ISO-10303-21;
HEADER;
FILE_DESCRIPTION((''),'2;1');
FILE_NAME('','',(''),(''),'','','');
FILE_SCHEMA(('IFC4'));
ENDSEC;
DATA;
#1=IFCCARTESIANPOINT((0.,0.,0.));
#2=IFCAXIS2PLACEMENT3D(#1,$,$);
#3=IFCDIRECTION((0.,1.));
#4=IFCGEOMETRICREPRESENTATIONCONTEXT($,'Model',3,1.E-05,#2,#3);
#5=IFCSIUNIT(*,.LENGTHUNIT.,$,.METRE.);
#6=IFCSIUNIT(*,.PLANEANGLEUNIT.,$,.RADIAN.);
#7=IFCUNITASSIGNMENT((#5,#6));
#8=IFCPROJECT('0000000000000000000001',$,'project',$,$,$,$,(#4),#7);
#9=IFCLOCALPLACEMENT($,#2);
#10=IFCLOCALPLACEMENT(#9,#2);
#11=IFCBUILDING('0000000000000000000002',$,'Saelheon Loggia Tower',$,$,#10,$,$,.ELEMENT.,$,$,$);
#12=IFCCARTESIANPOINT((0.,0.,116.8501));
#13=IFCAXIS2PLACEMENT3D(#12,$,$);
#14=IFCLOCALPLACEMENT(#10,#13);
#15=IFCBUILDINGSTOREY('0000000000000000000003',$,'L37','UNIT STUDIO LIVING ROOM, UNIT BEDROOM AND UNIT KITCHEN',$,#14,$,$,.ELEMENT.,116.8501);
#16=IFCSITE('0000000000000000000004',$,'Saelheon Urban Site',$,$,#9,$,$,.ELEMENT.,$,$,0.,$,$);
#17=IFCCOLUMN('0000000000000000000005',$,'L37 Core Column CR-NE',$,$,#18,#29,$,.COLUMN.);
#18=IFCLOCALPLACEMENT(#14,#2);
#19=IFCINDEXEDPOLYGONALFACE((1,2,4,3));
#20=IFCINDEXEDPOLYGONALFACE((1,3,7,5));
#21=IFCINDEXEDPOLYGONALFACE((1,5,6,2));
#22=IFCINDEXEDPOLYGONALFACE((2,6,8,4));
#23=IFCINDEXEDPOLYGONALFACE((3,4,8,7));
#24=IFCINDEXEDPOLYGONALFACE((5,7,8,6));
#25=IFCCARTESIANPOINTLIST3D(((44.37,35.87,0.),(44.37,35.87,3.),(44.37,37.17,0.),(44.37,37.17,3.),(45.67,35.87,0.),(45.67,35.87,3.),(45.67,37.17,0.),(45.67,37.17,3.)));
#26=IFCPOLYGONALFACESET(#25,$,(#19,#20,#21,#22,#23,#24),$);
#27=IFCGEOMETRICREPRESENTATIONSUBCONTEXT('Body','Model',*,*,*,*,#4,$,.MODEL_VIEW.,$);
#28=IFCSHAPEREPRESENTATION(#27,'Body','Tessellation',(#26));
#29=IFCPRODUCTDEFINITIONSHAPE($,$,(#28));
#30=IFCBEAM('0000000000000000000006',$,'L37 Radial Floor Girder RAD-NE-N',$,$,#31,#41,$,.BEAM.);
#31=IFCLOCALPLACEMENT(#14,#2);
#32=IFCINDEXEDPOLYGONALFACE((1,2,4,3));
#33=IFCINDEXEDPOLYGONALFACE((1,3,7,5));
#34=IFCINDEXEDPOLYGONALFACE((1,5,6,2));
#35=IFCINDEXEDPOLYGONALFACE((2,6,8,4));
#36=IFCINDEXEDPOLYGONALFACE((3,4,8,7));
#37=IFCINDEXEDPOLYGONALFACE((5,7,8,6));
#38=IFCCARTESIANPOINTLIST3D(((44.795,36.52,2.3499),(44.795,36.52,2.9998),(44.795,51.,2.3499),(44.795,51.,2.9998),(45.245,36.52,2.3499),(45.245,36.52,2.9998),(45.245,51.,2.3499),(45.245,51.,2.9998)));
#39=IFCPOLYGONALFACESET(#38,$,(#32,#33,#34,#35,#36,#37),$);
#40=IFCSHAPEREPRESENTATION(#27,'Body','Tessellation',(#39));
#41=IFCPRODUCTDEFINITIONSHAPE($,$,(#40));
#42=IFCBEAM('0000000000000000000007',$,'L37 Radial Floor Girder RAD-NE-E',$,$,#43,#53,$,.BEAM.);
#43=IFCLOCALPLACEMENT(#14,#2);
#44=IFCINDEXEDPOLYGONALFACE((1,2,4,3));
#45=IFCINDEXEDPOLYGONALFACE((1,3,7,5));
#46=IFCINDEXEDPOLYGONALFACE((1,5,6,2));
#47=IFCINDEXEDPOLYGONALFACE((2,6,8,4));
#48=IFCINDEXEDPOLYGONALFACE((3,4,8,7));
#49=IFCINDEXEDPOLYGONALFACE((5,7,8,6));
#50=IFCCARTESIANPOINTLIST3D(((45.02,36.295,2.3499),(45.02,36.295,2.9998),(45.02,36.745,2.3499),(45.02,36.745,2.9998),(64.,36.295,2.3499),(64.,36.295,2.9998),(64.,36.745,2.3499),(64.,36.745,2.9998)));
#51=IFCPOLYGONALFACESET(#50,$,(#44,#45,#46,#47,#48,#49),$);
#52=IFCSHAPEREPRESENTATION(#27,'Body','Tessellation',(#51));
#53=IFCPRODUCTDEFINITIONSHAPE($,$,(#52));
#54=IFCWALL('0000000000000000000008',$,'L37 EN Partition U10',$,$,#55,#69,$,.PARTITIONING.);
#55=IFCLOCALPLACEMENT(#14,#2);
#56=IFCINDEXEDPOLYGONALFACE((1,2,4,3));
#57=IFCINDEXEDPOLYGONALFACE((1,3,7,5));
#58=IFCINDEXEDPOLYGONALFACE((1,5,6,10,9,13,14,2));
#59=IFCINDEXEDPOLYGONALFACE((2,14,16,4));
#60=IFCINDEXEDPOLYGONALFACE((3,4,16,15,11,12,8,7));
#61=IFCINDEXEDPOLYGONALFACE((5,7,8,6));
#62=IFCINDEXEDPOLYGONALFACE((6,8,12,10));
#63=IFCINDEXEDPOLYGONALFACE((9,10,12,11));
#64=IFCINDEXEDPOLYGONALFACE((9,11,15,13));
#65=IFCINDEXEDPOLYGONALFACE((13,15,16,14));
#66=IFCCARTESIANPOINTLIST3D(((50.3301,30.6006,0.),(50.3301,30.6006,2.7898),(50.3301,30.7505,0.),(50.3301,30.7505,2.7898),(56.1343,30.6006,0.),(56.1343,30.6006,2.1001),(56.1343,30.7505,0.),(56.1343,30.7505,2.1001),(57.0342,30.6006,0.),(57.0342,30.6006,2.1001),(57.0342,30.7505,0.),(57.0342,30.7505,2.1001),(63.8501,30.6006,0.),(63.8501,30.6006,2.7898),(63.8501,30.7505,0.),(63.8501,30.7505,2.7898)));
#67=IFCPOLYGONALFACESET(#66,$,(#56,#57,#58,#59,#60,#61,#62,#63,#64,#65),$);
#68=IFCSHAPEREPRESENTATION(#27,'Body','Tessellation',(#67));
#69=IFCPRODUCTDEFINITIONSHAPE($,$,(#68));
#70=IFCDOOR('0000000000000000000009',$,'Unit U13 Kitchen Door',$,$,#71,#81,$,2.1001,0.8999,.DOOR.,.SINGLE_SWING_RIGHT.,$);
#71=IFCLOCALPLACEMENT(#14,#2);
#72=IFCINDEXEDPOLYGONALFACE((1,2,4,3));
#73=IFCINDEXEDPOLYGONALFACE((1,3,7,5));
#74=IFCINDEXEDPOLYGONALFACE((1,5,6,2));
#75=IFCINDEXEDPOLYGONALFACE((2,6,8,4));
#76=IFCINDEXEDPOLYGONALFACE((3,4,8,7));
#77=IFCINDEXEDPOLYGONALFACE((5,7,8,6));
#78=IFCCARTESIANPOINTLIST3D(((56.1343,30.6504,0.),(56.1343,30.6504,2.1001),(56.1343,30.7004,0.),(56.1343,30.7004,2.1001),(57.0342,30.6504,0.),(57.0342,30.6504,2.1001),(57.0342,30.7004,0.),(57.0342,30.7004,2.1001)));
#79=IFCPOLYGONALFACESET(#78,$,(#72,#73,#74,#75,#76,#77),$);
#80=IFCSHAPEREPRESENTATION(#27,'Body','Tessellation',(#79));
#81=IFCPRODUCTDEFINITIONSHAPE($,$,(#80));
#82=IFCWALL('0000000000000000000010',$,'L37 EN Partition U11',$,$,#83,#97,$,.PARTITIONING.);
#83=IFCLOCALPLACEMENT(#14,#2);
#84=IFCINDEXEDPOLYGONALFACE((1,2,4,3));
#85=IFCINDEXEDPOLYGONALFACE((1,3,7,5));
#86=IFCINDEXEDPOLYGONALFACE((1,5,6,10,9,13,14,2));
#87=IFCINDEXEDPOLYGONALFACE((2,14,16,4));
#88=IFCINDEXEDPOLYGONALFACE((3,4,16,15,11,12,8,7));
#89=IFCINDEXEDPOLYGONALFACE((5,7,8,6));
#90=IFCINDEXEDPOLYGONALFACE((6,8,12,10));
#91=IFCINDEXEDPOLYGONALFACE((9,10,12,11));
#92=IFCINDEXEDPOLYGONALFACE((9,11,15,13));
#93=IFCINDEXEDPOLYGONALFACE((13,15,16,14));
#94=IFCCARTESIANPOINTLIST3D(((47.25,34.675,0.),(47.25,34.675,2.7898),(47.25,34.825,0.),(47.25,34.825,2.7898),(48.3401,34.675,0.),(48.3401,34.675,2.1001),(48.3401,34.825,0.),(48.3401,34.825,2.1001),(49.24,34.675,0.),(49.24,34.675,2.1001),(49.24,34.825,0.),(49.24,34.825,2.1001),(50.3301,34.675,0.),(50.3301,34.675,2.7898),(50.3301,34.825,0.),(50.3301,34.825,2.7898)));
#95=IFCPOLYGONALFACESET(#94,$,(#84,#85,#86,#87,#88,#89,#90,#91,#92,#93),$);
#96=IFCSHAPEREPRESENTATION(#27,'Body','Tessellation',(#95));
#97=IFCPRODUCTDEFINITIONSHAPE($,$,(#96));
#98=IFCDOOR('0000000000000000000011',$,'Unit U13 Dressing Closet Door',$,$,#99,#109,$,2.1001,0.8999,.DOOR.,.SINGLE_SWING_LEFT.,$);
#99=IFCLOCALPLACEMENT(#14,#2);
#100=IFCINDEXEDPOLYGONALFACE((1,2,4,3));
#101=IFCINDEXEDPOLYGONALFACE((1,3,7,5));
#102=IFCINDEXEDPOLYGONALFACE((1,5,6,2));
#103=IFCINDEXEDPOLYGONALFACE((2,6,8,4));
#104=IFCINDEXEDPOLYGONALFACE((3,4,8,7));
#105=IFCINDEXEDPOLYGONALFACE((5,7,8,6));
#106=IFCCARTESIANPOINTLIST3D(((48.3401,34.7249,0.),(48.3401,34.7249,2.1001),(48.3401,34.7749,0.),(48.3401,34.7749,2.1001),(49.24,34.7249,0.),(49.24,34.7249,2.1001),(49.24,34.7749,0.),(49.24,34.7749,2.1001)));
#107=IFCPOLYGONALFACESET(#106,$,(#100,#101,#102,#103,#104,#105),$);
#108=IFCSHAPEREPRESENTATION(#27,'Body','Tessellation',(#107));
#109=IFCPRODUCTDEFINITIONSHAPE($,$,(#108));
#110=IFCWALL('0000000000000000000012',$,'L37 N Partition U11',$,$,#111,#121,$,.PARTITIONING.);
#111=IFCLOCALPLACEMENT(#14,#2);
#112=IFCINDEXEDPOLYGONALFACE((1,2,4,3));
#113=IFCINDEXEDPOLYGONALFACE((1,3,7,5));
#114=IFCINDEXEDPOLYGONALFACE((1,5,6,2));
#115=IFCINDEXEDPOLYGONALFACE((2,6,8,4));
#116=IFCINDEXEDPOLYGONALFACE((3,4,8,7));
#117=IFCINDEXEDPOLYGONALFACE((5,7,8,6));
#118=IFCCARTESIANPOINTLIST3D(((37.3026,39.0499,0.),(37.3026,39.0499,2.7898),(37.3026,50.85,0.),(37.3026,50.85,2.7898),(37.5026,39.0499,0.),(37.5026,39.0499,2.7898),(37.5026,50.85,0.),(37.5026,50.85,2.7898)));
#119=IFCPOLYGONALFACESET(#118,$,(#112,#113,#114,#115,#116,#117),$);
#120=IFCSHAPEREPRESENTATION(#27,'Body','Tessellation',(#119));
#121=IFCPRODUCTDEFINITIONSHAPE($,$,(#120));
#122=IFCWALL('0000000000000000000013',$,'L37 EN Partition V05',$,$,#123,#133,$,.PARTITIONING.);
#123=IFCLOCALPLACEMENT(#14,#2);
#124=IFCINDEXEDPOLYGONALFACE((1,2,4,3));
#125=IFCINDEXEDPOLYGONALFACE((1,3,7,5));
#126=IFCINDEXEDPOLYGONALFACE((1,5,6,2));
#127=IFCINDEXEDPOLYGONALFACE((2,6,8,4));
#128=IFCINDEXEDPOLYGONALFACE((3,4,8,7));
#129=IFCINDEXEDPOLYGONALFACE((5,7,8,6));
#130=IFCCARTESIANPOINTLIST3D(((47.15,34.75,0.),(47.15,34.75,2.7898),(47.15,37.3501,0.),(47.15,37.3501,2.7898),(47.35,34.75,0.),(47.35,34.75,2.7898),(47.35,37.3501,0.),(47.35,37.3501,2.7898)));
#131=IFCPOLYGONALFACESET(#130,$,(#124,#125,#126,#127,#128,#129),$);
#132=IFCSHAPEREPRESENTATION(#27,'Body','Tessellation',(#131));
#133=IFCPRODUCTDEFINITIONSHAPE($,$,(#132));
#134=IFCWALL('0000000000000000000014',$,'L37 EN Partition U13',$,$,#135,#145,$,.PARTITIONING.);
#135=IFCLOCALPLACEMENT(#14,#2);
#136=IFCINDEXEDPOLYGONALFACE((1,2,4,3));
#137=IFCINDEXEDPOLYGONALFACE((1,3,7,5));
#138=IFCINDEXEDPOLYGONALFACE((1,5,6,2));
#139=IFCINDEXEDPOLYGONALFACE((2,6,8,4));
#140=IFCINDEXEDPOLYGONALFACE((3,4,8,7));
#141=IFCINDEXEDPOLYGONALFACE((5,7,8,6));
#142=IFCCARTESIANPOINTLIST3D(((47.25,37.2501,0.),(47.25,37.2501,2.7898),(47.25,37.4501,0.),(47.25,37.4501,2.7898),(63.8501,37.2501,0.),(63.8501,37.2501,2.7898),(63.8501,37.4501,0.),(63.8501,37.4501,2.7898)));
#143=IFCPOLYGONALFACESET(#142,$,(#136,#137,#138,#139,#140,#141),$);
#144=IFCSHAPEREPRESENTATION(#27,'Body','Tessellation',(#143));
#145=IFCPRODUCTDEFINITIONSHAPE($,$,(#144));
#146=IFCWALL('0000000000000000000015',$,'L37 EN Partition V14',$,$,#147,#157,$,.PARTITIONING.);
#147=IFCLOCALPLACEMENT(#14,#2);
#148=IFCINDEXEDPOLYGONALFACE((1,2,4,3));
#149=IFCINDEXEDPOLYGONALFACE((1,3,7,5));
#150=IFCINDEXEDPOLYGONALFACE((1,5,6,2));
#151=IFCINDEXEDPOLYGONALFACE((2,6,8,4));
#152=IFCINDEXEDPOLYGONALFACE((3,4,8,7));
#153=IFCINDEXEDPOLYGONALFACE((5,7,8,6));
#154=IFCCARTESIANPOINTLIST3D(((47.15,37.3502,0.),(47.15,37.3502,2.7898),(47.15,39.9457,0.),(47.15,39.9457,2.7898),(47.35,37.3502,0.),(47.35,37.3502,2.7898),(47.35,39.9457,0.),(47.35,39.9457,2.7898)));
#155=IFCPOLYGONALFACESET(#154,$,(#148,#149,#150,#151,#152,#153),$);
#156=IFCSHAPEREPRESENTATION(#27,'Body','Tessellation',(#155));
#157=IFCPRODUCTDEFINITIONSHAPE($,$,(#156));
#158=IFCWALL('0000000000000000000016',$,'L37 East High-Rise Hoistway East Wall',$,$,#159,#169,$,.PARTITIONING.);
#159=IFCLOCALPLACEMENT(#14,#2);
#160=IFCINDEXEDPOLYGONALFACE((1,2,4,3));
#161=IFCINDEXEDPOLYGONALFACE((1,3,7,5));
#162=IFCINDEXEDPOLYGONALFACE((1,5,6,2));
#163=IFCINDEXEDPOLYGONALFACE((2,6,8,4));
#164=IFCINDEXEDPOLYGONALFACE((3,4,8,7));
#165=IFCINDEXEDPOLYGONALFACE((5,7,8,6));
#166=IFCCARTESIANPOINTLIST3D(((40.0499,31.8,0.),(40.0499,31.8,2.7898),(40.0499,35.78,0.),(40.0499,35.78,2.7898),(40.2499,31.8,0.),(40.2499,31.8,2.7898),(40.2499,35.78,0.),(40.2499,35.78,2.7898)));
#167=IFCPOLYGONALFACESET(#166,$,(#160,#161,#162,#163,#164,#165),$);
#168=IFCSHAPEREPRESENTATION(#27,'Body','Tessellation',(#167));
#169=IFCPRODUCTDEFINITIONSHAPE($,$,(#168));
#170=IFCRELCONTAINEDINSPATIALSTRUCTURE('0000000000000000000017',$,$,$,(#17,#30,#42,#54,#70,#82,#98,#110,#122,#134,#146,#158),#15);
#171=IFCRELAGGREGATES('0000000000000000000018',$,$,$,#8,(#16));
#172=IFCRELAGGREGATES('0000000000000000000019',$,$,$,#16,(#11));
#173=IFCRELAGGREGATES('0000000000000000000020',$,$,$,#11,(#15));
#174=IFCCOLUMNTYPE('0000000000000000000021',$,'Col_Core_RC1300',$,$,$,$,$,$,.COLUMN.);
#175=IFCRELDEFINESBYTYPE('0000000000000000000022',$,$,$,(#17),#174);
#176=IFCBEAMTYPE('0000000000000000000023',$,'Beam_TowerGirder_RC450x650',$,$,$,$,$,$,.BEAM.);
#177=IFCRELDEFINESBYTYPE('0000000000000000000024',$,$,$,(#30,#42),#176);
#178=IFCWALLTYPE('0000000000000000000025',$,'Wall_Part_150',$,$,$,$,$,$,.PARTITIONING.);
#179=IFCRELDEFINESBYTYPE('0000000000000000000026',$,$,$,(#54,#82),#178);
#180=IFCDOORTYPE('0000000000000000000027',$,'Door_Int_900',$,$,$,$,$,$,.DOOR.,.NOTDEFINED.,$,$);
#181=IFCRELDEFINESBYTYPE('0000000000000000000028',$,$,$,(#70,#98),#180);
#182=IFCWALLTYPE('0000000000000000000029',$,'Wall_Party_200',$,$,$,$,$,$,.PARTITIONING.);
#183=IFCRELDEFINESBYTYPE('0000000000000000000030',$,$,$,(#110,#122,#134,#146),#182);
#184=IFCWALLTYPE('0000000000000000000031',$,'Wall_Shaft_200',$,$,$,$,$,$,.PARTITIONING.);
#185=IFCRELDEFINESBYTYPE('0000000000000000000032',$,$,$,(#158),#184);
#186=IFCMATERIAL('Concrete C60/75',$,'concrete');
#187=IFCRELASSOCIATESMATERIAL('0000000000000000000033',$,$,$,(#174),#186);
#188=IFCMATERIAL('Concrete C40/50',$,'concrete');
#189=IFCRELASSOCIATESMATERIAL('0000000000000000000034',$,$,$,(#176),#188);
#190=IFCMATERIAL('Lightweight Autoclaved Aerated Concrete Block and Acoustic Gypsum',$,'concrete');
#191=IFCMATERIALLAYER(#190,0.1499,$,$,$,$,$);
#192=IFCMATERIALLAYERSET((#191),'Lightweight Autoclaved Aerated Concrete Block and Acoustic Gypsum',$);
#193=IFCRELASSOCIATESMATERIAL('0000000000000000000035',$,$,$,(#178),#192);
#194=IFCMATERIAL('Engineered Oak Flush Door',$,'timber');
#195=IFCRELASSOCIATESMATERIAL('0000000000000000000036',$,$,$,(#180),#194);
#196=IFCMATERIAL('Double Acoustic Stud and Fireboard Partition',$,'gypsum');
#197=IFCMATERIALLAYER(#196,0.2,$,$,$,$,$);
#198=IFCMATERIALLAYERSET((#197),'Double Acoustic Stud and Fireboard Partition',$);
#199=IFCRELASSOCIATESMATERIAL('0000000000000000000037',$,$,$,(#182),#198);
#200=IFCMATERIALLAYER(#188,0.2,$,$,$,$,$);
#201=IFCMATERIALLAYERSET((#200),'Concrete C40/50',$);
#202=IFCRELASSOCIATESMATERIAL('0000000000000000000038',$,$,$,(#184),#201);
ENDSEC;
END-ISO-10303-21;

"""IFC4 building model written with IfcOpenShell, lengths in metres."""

from ifc_helpers import new_model, si_unit, direction, frame, frame_2d, origin, origin_2d, place, context, subcontext, project, spatial, rectangle, extrude, source, transform, mapped, material, layer, layer_set, material_profile, profile_set, type_object, element, fill, save


model = new_model("IFC4")

# Units and contexts
model_context = context("Model", 3, precision=1e-05, world=origin(), true_north=direction((0.0, 1.0)))
body_context = subcontext(model_context, "Body", "Model", "MODEL_VIEW")
ifc_project = project(units=[si_unit("LENGTHUNIT", "METRE"), si_unit("PLANEANGLEUNIT", "RADIAN")], contexts=[model_context])

# Site, building, storey
site_placement = place(None, origin())
site = spatial("IfcSite", under=ifc_project, at=site_placement, Name="Saelheon Urban Site", CompositionType="ELEMENT", RefElevation=0.0)
building_placement = place(site_placement, origin())
building = spatial("IfcBuilding", under=site, at=building_placement, Name="Saelheon Loggia Tower", CompositionType="ELEMENT")
storey_placement = place(building_placement, frame((0.0, 0.0, 116.8501)))
storey = spatial("IfcBuildingStorey", under=building, at=storey_placement, Name="L37", Description="UNIT STUDIO LIVING ROOM, UNIT BEDROOM AND UNIT KITCHEN", CompositionType="ELEMENT", Elevation=116.8501)

# Column
ifc_material_1 = material(Name="Concrete C60/75", Category="concrete")
ifc_material_profile_1 = material_profile(ifc_material_1, rectangle(XDim=1.3, YDim=1.3, at=origin_2d()), Name="RC-1300x1300")
ifc_profile_set_1 = profile_set([ifc_material_profile_1], Name="Concrete C60/75")
column_type = type_object("IfcColumnType", Name="Col_Core_RC1300", PredefinedType="COLUMN", material=ifc_profile_set_1)
shared_shape_1 = source(origin(), body_context, "Body", "SweptSolid", [
    extrude(rectangle(XDim=1.3, YDim=1.3, at=origin_2d()), origin(), (0.0, 0.0, 1.0), 3.0),
])
column_placement = place(storey_placement, frame((45.02, 36.52, 0.0), z_axis=(0.0, 0.0, 1.0), x_axis=(1.0, 0.0, 0.0)))
element("IfcColumn", 1, at=column_placement, inside=storey, type_object=column_type, Name="L37 Core Column CR-NE", PredefinedType="COLUMN", context=body_context, shape_type="MappedRepresentation", body=[
    mapped(shared_shape_1, transform((0.0, 0.0, 0.0), scale=1.0)),
])

# Beams
ifc_material_2 = material(Name="Concrete C40/50", Category="concrete")
ifc_material_profile_2 = material_profile(ifc_material_2, rectangle(XDim=0.45, YDim=0.6499, at=origin_2d()), Name="RC-450x650")
ifc_profile_set_2 = profile_set([ifc_material_profile_2], Name="Concrete C40/50")
beam_type = type_object("IfcBeamType", Name="Beam_TowerGirder_RC450x650", PredefinedType="BEAM", material=ifc_profile_set_2)
shared_shape_2 = source(origin(), body_context, "Body", "SweptSolid", [
    extrude(rectangle(XDim=0.45, YDim=0.6499, at=origin_2d()), origin(), (0.0, 0.0, 1.0), 14.48),
])
beam_1_placement = place(storey_placement, frame((45.02, 36.52, 2.6748), z_axis=(0.0, 1.0, 0.0), x_axis=(-1.0, 0.0, 0.0)))
element("IfcBeam", 2, at=beam_1_placement, inside=storey, type_object=beam_type, Name="L37 Radial Floor Girder RAD-NE-N", PredefinedType="BEAM", context=body_context, shape_type="MappedRepresentation", body=[
    mapped(shared_shape_2, transform((0.0, 0.0, 0.0), scale=1.0)),
])
shared_shape_3 = source(origin(), body_context, "Body", "SweptSolid", [
    extrude(rectangle(XDim=0.45, YDim=0.6499, at=origin_2d()), origin(), (0.0, 0.0, 1.0), 18.98),
])
beam_2_placement = place(storey_placement, frame((45.02, 36.52, 2.6748), z_axis=(1.0, 0.0, 0.0), x_axis=(0.0, 1.0, 0.0)))
element("IfcBeam", 3, at=beam_2_placement, inside=storey, type_object=beam_type, Name="L37 Radial Floor Girder RAD-NE-E", PredefinedType="BEAM", context=body_context, shape_type="MappedRepresentation", body=[
    mapped(shared_shape_3, transform((0.0, 0.0, 0.0), scale=1.0)),
])

# Walls, openings, doors
ifc_material_3 = material(Name="Lightweight Autoclaved Aerated Concrete Block and Acoustic Gypsum", Category="concrete")
ifc_layer_1 = layer(ifc_material_3, 0.1499)
ifc_layer_set_1 = layer_set([ifc_layer_1], Name="Lightweight Autoclaved Aerated Concrete Block and Acoustic Gypsum")
wall_type_1 = type_object("IfcWallType", Name="Wall_Part_150", PredefinedType="PARTITIONING", material=ifc_layer_set_1)
wall_1_placement = place(storey_placement, frame((50.3301, 30.6755, 0.0), z_axis=(0.0, 0.0, 1.0), x_axis=(1.0, 0.0, 0.0)))
wall_1 = element("IfcWall", 4, at=wall_1_placement, inside=storey, type_object=wall_type_1, Name="L37 EN Partition U10", PredefinedType="PARTITIONING", context=body_context, shape_type="SweptSolid", body=[
    extrude(rectangle(XDim=13.52, YDim=0.1499, at=frame_2d((6.76, 0.0))), origin(), (0.0, 0.0, 1.0), 2.7898),
])
opening_1_placement = place(wall_1_placement, frame((5.8042, 0.0, 0.0)))
opening_1 = element("IfcOpeningElement", 5, at=opening_1_placement, cuts=wall_1, PredefinedType="OPENING", context=body_context, shape_type="SweptSolid", body=[
    extrude(rectangle(XDim=0.8999, YDim=2.1001, at=frame_2d((0.45, 1.05))), frame((0.0, 0.0869, 0.0), z_axis=(0.0, -1.0, 0.0), x_axis=(1.0, 0.0, 0.0)), (0.0, 0.0, 1.0), 0.1738),
])
ifc_material_4 = material(Name="Engineered Oak Flush Door", Category="timber")
door_type_1 = type_object("IfcDoorType", Name="Door_Int_900", OperationType="NOTDEFINED", PredefinedType="DOOR", material=ifc_material_4)
shared_shape_4 = source(origin(), body_context, "Body", "SweptSolid", [
    extrude(rectangle(XDim=0.8999, YDim=2.1001, at=frame_2d((0.45, 1.05))), frame((0.0, 0.0249, 0.0), z_axis=(0.0, -1.0, 0.0), x_axis=(1.0, 0.0, 0.0)), (0.0, 0.0, 1.0), 0.05),
])
door_1_placement = place(opening_1_placement, origin())
door_1 = element("IfcDoor", 6, at=door_1_placement, inside=storey, type_object=door_type_1, Name="Unit U13 Kitchen Door", OperationType="SINGLE_SWING_RIGHT", OverallHeight=2.1001, OverallWidth=0.8999, PredefinedType="DOOR", context=body_context, shape_type="MappedRepresentation", body=[
    mapped(shared_shape_4, transform((0.0, 0.0, 0.0), scale=1.0)),
])
fill(opening_1, door_1)
wall_2_placement = place(storey_placement, frame((47.25, 34.75, 0.0), z_axis=(0.0, 0.0, 1.0), x_axis=(1.0, 0.0, 0.0)))
wall_2 = element("IfcWall", 7, at=wall_2_placement, inside=storey, type_object=wall_type_1, Name="L37 EN Partition U11", PredefinedType="PARTITIONING", context=body_context, shape_type="SweptSolid", body=[
    extrude(rectangle(XDim=3.0801, YDim=0.1499, at=frame_2d((1.54, 0.0))), origin(), (0.0, 0.0, 1.0), 2.7898),
])
opening_2_placement = place(wall_2_placement, frame((1.0901, 0.0, 0.0)))
opening_2 = element("IfcOpeningElement", 8, at=opening_2_placement, cuts=wall_2, PredefinedType="OPENING", context=body_context, shape_type="SweptSolid", body=[
    extrude(rectangle(XDim=0.8999, YDim=2.1001, at=frame_2d((0.45, 1.05))), frame((0.0, 0.0869, 0.0), z_axis=(0.0, -1.0, 0.0), x_axis=(1.0, 0.0, 0.0)), (0.0, 0.0, 1.0), 0.1738),
])
door_2_placement = place(opening_2_placement, origin())
door_2 = element("IfcDoor", 9, at=door_2_placement, inside=storey, type_object=door_type_1, Name="Unit U13 Dressing Closet Door", OperationType="SINGLE_SWING_LEFT", OverallHeight=2.1001, OverallWidth=0.8999, PredefinedType="DOOR", context=body_context, shape_type="MappedRepresentation", body=[
    mapped(shared_shape_4, transform((0.0, 0.0, 0.0), scale=1.0)),
])
fill(opening_2, door_2)
ifc_material_5 = material(Name="Double Acoustic Stud and Fireboard Partition", Category="gypsum")
ifc_layer_2 = layer(ifc_material_5, 0.2)
ifc_layer_set_2 = layer_set([ifc_layer_2], Name="Double Acoustic Stud and Fireboard Partition")
wall_type_2 = type_object("IfcWallType", Name="Wall_Party_200", PredefinedType="PARTITIONING", material=ifc_layer_set_2)

# Wall
wall_3_placement = place(storey_placement, frame((37.4026, 39.05, 0.0), z_axis=(0.0, 0.0, 1.0), x_axis=(0.0, 1.0, 0.0)))
element("IfcWall", 10, at=wall_3_placement, inside=storey, type_object=wall_type_2, Name="L37 N Partition U11", PredefinedType="PARTITIONING", context=body_context, shape_type="SweptSolid", body=[
    extrude(rectangle(XDim=11.8, YDim=0.2, at=frame_2d((5.8999, 0.0))), origin(), (0.0, 0.0, 1.0), 2.7898),
])

# Walls
wall_4_placement = place(storey_placement, frame((47.25, 34.75, 0.0), z_axis=(0.0, 0.0, 1.0), x_axis=(0.0, 1.0, 0.0)))
element("IfcWall", 11, at=wall_4_placement, inside=storey, type_object=wall_type_2, Name="L37 EN Partition V05", PredefinedType="PARTITIONING", context=body_context, shape_type="SweptSolid", body=[
    extrude(rectangle(XDim=2.6001, YDim=0.2, at=frame_2d((1.3, 0.0))), origin(), (0.0, 0.0, 1.0), 2.7898),
])
wall_5_placement = place(storey_placement, frame((47.25, 37.3501, 0.0), z_axis=(0.0, 0.0, 1.0), x_axis=(1.0, 0.0, 0.0)))
element("IfcWall", 12, at=wall_5_placement, inside=storey, type_object=wall_type_2, Name="L37 EN Partition U13", PredefinedType="PARTITIONING", context=body_context, shape_type="SweptSolid", body=[
    extrude(rectangle(XDim=16.6001, YDim=0.2, at=frame_2d((8.3, 0.0))), origin(), (0.0, 0.0, 1.0), 2.7898),
])
wall_6_placement = place(storey_placement, frame((47.25, 37.3501, 0.0), z_axis=(0.0, 0.0, 1.0), x_axis=(0.0, 1.0, 0.0)))
element("IfcWall", 13, at=wall_6_placement, inside=storey, type_object=wall_type_2, Name="L37 EN Partition V14", PredefinedType="PARTITIONING", context=body_context, shape_type="SweptSolid", body=[
    extrude(rectangle(XDim=2.5955, YDim=0.2, at=frame_2d((1.2979, 0.0))), origin(), (0.0, 0.0, 1.0), 2.7898),
])
ifc_layer_3 = layer(ifc_material_2, 0.2)
ifc_layer_set_3 = layer_set([ifc_layer_3], Name="Concrete C40/50")
wall_type_3 = type_object("IfcWallType", Name="Wall_Shaft_200", PredefinedType="PARTITIONING", material=ifc_layer_set_3)
wall_7_placement = place(storey_placement, frame((40.1499, 31.8, 0.0), z_axis=(0.0, 0.0, 1.0), x_axis=(0.0, 1.0, 0.0)))
element("IfcWall", 14, at=wall_7_placement, inside=storey, type_object=wall_type_3, Name="L37 East High-Rise Hoistway East Wall", PredefinedType="PARTITIONING", context=body_context, shape_type="SweptSolid", body=[
    extrude(rectangle(XDim=3.98, YDim=0.2, at=frame_2d((1.99, 0.0))), origin(), (0.0, 0.0, 1.0), 2.7898),
])

save(model, "model.ifc")
